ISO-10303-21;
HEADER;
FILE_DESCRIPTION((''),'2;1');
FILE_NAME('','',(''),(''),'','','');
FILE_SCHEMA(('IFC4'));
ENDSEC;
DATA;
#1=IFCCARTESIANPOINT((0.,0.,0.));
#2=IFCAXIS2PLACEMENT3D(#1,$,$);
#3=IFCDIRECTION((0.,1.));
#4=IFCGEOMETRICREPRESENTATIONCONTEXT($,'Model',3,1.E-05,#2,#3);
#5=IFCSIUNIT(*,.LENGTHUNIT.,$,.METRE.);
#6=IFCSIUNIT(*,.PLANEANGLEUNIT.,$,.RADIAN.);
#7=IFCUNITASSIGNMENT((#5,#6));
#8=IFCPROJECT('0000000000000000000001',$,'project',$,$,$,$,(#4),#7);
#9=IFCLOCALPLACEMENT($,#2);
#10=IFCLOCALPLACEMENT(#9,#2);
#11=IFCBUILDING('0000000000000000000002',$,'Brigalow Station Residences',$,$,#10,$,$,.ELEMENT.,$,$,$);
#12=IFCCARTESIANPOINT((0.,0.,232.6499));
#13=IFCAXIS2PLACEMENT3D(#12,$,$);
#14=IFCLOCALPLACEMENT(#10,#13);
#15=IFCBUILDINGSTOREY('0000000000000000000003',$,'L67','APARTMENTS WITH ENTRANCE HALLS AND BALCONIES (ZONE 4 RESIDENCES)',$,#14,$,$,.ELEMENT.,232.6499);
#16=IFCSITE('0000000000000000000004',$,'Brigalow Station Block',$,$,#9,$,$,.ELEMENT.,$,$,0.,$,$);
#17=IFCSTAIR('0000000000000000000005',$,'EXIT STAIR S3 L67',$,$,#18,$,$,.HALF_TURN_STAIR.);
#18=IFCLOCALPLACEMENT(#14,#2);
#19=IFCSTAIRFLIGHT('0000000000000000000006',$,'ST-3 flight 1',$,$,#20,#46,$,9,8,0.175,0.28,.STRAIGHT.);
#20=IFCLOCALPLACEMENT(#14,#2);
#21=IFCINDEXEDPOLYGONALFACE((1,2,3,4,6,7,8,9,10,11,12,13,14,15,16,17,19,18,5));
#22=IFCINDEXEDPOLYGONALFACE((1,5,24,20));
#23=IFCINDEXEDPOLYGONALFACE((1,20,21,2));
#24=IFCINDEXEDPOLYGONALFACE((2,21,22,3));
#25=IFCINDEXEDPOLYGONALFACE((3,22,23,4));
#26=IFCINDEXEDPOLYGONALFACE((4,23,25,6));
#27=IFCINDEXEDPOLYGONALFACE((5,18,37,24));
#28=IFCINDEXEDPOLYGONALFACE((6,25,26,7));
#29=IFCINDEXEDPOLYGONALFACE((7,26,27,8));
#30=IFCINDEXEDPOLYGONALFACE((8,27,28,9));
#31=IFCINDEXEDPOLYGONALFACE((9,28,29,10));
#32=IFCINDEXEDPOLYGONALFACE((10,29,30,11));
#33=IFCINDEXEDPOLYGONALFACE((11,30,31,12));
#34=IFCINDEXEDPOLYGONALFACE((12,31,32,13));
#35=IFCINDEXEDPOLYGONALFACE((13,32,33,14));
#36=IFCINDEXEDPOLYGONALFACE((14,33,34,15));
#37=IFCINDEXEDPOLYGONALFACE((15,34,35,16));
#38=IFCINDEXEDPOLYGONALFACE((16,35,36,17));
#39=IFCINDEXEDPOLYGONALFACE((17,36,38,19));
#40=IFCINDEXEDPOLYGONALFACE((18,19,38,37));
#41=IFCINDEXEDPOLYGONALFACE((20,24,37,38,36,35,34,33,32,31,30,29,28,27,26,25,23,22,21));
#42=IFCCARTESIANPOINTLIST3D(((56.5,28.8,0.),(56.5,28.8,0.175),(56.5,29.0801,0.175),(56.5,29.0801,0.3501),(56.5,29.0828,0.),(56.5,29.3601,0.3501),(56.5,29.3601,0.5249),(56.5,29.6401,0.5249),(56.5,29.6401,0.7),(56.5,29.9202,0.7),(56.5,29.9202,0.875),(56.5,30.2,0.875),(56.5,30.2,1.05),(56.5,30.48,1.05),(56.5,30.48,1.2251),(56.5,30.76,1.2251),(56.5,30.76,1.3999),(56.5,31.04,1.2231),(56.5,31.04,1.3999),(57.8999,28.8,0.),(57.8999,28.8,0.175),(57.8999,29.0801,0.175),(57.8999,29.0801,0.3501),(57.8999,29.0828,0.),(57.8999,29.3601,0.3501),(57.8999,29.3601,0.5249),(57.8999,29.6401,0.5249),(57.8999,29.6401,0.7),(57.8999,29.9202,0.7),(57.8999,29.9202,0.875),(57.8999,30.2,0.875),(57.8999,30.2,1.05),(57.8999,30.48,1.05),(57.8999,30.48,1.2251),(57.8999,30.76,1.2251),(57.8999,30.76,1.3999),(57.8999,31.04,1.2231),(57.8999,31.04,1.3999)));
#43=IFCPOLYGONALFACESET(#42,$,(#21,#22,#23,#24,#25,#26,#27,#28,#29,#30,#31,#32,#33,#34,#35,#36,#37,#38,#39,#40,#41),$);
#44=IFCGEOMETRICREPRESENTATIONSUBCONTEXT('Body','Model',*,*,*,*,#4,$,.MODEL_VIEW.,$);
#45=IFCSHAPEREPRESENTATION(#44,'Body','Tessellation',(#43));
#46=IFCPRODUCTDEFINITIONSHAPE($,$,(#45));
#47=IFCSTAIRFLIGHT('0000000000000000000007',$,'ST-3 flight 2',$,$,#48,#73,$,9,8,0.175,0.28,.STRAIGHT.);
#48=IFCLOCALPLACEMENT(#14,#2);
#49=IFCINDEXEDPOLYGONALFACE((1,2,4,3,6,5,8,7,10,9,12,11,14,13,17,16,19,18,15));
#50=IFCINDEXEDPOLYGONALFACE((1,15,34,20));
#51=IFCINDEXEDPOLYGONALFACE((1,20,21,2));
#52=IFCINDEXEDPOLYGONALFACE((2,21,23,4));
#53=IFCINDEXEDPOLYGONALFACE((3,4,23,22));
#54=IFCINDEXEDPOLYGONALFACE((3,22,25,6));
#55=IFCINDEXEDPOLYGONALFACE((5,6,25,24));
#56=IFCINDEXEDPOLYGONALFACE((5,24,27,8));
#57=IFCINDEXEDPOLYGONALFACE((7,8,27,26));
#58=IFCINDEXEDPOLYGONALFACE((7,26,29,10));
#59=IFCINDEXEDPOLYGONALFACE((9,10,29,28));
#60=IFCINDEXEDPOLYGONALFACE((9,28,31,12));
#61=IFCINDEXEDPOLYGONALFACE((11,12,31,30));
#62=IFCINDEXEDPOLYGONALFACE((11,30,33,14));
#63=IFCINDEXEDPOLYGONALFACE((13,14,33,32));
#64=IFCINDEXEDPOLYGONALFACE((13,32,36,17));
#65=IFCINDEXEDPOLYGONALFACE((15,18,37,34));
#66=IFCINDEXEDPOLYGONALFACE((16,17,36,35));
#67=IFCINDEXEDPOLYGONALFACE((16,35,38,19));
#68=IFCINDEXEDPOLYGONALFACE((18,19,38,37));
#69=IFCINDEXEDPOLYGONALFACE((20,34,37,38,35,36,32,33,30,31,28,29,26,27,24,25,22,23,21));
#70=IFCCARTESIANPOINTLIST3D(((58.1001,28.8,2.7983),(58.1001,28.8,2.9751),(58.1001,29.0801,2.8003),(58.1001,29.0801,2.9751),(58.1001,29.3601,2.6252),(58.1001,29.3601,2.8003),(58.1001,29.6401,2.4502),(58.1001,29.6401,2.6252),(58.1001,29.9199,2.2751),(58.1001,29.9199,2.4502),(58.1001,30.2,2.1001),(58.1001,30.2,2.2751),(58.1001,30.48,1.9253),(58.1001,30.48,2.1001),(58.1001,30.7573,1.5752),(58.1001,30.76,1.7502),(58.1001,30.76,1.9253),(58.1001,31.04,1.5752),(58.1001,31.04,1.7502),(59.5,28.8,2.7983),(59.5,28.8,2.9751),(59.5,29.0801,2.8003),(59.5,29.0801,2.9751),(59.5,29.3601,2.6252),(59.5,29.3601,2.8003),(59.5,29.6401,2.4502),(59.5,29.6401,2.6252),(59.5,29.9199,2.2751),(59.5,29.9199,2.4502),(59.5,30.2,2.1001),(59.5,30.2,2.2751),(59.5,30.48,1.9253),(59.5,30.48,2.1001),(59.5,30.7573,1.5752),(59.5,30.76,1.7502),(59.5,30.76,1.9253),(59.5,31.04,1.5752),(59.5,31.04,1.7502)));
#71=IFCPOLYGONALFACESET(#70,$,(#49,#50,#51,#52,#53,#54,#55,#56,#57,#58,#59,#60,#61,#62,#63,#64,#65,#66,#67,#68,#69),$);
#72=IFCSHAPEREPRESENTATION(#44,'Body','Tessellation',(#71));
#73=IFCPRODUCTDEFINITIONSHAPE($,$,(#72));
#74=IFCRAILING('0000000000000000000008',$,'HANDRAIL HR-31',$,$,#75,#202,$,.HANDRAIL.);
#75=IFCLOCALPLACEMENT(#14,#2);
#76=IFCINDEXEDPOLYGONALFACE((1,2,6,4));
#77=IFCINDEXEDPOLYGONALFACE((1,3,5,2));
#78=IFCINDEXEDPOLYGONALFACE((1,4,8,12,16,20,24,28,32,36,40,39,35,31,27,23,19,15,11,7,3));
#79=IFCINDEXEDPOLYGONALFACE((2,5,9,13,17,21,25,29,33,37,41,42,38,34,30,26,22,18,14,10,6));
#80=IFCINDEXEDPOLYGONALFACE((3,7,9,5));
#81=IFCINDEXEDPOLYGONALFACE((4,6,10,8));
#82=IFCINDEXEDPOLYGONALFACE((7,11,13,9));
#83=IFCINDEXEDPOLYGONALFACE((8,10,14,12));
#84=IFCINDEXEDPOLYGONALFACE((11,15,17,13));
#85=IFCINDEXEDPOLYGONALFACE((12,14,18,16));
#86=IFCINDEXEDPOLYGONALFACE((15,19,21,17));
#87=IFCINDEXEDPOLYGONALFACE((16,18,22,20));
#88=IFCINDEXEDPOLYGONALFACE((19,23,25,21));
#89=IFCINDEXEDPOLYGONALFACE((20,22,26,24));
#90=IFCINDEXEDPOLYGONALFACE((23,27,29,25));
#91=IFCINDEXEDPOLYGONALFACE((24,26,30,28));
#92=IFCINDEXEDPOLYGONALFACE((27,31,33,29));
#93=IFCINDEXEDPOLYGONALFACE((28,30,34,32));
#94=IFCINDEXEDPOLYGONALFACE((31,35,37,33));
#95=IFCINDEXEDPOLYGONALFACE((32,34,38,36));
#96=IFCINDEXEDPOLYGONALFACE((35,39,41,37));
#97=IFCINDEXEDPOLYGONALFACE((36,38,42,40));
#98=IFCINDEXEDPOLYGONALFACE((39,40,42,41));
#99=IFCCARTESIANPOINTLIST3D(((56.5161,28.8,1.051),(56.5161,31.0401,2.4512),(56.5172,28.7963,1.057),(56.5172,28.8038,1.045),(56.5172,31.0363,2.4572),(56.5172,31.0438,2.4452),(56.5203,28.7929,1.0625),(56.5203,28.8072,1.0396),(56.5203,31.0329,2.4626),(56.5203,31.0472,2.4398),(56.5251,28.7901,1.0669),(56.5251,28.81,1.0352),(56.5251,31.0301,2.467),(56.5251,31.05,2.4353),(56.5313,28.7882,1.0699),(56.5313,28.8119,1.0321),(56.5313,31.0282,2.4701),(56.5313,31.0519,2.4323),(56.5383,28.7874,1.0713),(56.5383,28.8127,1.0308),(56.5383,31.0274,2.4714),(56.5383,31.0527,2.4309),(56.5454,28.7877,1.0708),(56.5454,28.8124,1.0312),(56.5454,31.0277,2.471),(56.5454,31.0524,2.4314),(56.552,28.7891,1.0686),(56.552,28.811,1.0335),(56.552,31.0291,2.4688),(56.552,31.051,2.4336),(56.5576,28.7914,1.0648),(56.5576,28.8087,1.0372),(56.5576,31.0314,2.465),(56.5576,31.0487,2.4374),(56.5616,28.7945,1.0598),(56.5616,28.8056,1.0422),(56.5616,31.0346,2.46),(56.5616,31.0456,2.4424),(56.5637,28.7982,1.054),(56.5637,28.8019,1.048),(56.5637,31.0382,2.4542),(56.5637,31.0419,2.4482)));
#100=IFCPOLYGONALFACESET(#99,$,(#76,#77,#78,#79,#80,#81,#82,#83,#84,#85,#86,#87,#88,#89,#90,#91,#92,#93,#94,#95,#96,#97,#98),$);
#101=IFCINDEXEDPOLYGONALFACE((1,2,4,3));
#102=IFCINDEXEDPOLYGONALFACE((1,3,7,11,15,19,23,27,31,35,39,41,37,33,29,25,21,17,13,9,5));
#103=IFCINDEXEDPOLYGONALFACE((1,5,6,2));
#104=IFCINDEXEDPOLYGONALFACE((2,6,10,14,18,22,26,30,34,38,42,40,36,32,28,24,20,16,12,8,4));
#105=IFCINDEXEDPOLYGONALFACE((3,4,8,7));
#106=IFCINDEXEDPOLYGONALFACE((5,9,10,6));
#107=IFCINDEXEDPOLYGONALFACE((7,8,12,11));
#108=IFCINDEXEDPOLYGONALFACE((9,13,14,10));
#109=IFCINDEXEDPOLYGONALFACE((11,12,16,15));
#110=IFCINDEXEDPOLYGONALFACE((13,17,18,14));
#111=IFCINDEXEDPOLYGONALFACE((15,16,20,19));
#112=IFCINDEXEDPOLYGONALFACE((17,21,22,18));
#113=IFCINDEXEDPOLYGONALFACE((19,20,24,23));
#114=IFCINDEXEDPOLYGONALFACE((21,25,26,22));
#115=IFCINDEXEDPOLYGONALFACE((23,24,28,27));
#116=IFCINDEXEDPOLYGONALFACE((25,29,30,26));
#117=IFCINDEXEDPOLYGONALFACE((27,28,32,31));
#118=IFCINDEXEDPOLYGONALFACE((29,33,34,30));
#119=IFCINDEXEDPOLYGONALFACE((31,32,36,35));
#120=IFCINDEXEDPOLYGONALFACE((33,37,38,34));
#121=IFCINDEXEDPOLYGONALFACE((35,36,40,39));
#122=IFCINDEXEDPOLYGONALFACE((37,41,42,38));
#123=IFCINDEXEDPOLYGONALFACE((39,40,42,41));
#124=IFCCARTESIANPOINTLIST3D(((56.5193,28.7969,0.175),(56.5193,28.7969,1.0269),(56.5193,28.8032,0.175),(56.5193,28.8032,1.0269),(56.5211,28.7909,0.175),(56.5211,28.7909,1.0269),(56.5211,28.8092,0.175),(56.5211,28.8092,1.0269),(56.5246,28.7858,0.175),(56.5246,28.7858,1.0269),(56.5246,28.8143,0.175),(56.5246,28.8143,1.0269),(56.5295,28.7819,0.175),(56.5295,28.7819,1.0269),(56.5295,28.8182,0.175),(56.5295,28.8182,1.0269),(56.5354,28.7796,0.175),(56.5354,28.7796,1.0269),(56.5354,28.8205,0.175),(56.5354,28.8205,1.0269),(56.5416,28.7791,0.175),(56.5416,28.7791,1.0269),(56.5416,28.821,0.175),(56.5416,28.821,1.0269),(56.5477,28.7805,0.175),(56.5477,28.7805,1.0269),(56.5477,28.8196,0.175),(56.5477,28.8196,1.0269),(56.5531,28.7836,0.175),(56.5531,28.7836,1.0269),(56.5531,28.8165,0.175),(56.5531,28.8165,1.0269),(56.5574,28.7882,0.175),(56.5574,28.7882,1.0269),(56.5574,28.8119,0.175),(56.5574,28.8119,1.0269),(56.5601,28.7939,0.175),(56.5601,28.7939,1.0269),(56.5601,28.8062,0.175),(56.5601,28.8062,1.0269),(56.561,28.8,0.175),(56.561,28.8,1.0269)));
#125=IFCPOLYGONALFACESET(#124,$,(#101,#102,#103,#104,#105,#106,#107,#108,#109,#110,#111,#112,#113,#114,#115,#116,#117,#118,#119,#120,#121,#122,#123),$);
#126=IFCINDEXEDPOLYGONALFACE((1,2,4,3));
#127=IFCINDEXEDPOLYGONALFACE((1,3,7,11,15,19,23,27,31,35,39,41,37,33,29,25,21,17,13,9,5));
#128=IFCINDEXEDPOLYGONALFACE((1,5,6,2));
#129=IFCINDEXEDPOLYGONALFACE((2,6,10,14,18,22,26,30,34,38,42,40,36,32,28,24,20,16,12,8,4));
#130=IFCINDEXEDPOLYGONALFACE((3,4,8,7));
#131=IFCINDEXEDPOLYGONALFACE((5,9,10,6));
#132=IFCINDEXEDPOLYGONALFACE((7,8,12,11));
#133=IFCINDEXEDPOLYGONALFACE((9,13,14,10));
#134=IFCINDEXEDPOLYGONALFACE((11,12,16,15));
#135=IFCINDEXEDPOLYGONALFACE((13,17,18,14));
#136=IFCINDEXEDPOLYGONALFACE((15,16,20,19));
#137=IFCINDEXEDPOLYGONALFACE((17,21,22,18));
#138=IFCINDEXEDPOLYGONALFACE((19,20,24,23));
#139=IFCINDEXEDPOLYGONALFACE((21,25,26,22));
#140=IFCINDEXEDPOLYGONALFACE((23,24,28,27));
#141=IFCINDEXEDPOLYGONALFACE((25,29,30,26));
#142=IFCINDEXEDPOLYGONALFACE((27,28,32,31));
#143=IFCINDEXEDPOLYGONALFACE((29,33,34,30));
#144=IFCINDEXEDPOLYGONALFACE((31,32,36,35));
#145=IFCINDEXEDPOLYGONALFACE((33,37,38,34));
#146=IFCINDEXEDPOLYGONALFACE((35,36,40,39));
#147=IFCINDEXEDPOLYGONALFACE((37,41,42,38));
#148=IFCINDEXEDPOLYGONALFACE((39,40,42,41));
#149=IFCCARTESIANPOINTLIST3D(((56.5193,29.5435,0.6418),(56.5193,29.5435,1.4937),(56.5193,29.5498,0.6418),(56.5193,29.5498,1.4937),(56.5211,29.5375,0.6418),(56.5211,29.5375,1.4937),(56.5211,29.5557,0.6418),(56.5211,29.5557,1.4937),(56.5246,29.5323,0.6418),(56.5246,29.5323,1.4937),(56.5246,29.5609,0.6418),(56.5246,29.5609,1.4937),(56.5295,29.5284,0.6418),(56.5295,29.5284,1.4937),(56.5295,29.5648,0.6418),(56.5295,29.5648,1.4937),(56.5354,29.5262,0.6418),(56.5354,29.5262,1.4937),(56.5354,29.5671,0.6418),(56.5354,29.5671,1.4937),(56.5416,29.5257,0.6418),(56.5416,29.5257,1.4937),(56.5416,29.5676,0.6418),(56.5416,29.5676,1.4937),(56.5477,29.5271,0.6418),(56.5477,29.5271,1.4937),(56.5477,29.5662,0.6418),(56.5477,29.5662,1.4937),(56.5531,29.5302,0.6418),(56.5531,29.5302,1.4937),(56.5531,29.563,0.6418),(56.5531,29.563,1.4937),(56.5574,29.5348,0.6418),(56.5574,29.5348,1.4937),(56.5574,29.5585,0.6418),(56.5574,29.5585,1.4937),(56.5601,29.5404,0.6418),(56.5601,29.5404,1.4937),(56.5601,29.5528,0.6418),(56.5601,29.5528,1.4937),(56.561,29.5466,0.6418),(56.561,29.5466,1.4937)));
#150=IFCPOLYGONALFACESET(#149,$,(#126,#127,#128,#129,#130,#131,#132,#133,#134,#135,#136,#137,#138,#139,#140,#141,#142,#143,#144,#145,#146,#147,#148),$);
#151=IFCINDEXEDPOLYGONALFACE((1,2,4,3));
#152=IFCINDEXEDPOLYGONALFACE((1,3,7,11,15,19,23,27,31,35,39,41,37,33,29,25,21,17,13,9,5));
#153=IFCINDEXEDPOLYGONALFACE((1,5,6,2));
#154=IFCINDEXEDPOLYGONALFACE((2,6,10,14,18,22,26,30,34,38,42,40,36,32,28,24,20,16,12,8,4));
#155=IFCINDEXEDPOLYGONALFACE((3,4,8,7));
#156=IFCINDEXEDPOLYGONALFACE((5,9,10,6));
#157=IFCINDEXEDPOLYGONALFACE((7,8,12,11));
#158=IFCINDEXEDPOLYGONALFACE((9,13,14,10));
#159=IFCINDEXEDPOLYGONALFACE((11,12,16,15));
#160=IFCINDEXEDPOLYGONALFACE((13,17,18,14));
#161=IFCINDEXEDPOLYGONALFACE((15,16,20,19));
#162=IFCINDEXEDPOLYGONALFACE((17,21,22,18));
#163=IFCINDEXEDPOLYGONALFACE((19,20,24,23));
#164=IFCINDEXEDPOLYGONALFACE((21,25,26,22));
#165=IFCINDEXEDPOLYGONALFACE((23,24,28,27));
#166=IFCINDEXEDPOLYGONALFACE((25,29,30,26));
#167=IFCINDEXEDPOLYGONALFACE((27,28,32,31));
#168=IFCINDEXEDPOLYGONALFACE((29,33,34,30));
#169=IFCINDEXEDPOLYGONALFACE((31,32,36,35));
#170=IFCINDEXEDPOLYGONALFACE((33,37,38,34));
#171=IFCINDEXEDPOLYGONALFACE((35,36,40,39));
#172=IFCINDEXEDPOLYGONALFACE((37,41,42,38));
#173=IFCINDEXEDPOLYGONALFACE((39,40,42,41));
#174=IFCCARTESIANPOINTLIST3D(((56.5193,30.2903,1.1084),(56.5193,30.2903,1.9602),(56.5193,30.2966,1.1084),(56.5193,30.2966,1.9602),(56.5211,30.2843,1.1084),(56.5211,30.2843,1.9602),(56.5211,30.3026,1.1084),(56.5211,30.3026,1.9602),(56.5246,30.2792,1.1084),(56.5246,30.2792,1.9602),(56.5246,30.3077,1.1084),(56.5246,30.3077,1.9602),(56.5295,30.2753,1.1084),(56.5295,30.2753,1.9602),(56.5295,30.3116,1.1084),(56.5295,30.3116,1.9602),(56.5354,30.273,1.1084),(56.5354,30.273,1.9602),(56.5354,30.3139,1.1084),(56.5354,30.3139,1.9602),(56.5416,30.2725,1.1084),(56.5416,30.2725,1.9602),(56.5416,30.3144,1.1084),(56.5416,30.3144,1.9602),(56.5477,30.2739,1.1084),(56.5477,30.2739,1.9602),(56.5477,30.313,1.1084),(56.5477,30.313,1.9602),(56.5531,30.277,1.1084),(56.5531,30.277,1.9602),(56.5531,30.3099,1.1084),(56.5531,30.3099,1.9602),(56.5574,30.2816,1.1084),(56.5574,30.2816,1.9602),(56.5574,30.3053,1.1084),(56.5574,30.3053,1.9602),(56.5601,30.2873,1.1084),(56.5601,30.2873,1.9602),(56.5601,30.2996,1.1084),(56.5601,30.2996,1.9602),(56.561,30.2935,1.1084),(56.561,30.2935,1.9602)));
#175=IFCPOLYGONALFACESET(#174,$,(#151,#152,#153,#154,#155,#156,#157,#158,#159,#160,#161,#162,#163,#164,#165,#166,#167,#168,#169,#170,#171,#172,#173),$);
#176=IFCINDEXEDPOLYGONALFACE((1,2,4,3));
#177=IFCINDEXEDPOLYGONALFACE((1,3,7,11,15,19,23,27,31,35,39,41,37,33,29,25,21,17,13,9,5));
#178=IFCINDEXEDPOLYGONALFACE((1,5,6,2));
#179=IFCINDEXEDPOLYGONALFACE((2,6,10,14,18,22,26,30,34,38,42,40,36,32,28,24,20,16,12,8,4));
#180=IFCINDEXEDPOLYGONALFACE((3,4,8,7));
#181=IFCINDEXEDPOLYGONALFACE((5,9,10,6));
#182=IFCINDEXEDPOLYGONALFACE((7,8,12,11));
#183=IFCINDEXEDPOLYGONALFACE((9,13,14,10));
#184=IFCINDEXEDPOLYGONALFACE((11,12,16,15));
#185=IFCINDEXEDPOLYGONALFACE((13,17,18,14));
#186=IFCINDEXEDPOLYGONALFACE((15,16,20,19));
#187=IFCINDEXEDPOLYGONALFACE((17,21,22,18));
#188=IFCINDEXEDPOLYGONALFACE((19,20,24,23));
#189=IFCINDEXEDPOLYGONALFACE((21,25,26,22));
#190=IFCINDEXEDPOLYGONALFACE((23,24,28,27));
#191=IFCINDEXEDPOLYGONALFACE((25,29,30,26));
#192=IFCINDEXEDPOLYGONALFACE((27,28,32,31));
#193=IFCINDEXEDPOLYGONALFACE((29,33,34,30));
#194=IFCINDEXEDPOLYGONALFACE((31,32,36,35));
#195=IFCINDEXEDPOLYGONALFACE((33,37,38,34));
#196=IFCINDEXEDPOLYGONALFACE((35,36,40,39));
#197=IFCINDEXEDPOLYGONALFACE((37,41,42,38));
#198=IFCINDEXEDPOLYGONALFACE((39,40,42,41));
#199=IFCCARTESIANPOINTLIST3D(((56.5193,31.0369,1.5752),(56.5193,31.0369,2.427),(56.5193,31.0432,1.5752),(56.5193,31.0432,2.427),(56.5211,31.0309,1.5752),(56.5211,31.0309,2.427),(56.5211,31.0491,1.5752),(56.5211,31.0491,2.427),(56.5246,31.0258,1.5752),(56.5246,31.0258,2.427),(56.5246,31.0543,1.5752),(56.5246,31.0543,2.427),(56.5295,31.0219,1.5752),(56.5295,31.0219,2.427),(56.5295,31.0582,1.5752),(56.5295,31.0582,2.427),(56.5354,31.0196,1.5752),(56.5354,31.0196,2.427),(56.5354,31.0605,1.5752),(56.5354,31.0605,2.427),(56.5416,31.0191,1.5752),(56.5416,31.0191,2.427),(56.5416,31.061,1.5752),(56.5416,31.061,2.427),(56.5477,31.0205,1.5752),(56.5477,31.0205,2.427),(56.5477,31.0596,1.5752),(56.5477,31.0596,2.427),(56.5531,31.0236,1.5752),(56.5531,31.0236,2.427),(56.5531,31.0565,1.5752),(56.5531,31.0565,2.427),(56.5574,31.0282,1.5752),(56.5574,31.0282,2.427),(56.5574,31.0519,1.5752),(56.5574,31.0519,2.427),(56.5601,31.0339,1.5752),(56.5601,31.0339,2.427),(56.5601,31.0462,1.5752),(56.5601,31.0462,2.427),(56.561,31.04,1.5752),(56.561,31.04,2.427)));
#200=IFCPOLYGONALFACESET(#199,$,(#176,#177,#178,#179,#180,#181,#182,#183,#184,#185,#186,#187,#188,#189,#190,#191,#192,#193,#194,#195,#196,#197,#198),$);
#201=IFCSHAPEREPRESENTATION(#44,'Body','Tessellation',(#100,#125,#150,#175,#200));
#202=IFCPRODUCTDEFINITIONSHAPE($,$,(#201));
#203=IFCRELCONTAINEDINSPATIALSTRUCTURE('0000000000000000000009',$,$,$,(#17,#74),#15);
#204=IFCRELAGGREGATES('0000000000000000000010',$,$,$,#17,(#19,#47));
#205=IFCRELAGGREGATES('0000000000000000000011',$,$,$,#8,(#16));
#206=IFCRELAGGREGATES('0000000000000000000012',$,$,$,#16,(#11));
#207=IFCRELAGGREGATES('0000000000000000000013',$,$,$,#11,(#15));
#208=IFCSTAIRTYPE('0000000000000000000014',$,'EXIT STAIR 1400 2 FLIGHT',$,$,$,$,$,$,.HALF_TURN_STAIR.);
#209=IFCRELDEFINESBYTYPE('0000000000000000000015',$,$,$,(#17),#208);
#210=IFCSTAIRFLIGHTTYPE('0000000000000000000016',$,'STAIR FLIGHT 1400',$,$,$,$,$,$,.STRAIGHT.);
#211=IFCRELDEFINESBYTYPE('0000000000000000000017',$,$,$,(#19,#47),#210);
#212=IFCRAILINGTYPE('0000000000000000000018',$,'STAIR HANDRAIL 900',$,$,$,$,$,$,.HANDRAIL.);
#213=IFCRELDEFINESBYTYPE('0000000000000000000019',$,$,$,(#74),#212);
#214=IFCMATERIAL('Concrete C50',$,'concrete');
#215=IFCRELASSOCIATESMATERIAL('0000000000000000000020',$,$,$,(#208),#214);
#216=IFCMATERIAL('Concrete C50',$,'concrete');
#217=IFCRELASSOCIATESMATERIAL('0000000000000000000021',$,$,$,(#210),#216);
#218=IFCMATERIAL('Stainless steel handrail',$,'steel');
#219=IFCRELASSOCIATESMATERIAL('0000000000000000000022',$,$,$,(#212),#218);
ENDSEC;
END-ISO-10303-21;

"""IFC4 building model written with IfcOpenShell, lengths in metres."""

from ifc_helpers import new_model, si_unit, direction, frame, origin, origin_2d, place, context, subcontext, project, spatial, polyline, circle, outline, extrude, material, type_object, element, aggregate, save


model = new_model("IFC4")

# Units and contexts
model_context = context("Model", 3, precision=1e-05, world=origin(), true_north=direction((0.0, 1.0)))
body_context = subcontext(model_context, "Body", "Model", "MODEL_VIEW")
ifc_project = project(units=[si_unit("LENGTHUNIT", "METRE"), si_unit("PLANEANGLEUNIT", "RADIAN")], contexts=[model_context])

# Site, building, storey
site_placement = place(None, origin())
site = spatial("IfcSite", under=ifc_project, at=site_placement, Name="Brigalow Station Block", CompositionType="ELEMENT", RefElevation=0.0)
building_placement = place(site_placement, origin())
building = spatial("IfcBuilding", under=site, at=building_placement, Name="Brigalow Station Residences", CompositionType="ELEMENT")
storey_placement = place(building_placement, frame((0.0, 0.0, 232.6499)))
storey = spatial("IfcBuildingStorey", under=building, at=storey_placement, Name="L67", Description="APARTMENTS WITH ENTRANCE HALLS AND BALCONIES (ZONE 4 RESIDENCES)", CompositionType="ELEMENT", Elevation=232.6499)

# Stair, stair flights
ifc_material_1 = material(Name="Concrete C50", Category="concrete")
stair_type = type_object("IfcStairType", Name="EXIT STAIR 1400 2 FLIGHT", PredefinedType="HALF_TURN_STAIR", material=ifc_material_1)
stair_placement = place(storey_placement, origin())
stair = element("IfcStair", 1, at=stair_placement, inside=storey, type_object=stair_type, Name="EXIT STAIR S3 L67", PredefinedType="HALF_TURN_STAIR")
ifc_material_2 = material(Name="Concrete C50", Category="concrete")
stair_flight_type = type_object("IfcStairFlightType", Name="STAIR FLIGHT 1400", PredefinedType="STRAIGHT", material=ifc_material_2)
stair_flight_1_placement = place(storey_placement, frame((57.2, 28.8, 0.0), z_axis=(0.0, 0.0, 1.0), x_axis=(0.0, 1.0, 0.0)))
stair_flight_1 = element("IfcStairFlight", 2, at=stair_flight_1_placement, type_object=stair_flight_type, Name="ST-3 flight 1", NumberOfRisers=9, NumberOfTreads=8, PredefinedType="STRAIGHT", RiserHeight=0.175, TreadLength=0.28, context=body_context, shape_type="SweptSolid", body=[
    extrude(outline(polyline([(0.0, 0.0), (0.0, 0.175), (0.28, 0.175), (0.28, 0.3501), (0.5601, 0.3501), (0.5601, 0.5249), (0.8401, 0.5249), (0.8401, 0.7), (1.1201, 0.7), (1.1201, 0.875), (1.3999, 0.875), (1.3999, 1.05), (1.6799, 1.05), (1.6799, 1.2251), (1.96, 1.2251), (1.96, 1.3999), (2.24, 1.3999), (2.24, 1.575), (2.24, 1.2231), (0.2827, 0.0), (0.0, 0.0)])), frame((0.0, 0.7, 0.0), z_axis=(0.0, -1.0, 0.0), x_axis=(1.0, 0.0, 0.0)), (0.0, 0.0, 1.0), 1.3999),
])
stair_flight_2_placement = place(storey_placement, frame((58.8, 31.04, 1.5752), z_axis=(0.0, 0.0, 1.0), x_axis=(0.0, -1.0, 0.0)))
stair_flight_2 = element("IfcStairFlight", 3, at=stair_flight_2_placement, type_object=stair_flight_type, Name="ST-3 flight 2", NumberOfRisers=9, NumberOfTreads=8, PredefinedType="STRAIGHT", RiserHeight=0.175, TreadLength=0.28, context=body_context, shape_type="SweptSolid", body=[
    extrude(outline(polyline([(0.0, 0.0), (0.0, 0.175), (0.28, 0.175), (0.28, 0.3501), (0.5601, 0.3501), (0.5601, 0.5249), (0.8401, 0.5249), (0.8401, 0.7), (1.1201, 0.7), (1.1201, 0.875), (1.3999, 0.875), (1.3999, 1.05), (1.6799, 1.05), (1.6799, 1.2251), (1.96, 1.2251), (1.96, 1.3999), (2.24, 1.3999), (2.24, 1.575), (2.24, 1.2231), (0.2827, 0.0), (0.0, 0.0)])), frame((0.0, 0.7, 0.0), z_axis=(0.0, -1.0, 0.0), x_axis=(1.0, 0.0, 0.0)), (0.0, 0.0, 1.0), 1.3999),
])
aggregate(stair, [stair_flight_1, stair_flight_2])

# Railing
ifc_material_3 = material(Name="Stainless steel handrail", Category="steel")
railing_type_1 = type_object("IfcRailingType", Name="STAIR HANDRAIL 900", PredefinedType="HANDRAIL", material=ifc_material_3)
railing_1_placement = place(storey_placement, frame((56.54, 28.8, 0.175)))
element("IfcRailing", 4, at=railing_1_placement, inside=storey, type_object=railing_type_1, Name="HANDRAIL HR-31", PredefinedType="HANDRAIL", context=body_context, shape_type="SweptSolid", body=[
    extrude(circle(Radius=0.0239, at=origin_2d()), frame((0.0, 0.0, 0.876), z_axis=(0.0, 0.847972, 0.53004), x_axis=(-1.0, 0.0, 0.0)), (0.0, 0.0, 1.0), 2.6416),
    extrude(circle(Radius=0.021, at=origin_2d()), origin(), (0.0, 0.0, 1.0), 0.8518),
    extrude(circle(Radius=0.021, at=origin_2d()), frame((0.0, 0.7466, 0.4668)), (0.0, 0.0, 1.0), 0.8518),
    extrude(circle(Radius=0.021, at=origin_2d()), frame((0.0, 1.4934, 0.9333)), (0.0, 0.0, 1.0), 0.8518),
    extrude(circle(Radius=0.021, at=origin_2d()), frame((0.0, 2.24, 1.4001)), (0.0, 0.0, 1.0), 0.8518),
])

save(model, "model.ifc")
